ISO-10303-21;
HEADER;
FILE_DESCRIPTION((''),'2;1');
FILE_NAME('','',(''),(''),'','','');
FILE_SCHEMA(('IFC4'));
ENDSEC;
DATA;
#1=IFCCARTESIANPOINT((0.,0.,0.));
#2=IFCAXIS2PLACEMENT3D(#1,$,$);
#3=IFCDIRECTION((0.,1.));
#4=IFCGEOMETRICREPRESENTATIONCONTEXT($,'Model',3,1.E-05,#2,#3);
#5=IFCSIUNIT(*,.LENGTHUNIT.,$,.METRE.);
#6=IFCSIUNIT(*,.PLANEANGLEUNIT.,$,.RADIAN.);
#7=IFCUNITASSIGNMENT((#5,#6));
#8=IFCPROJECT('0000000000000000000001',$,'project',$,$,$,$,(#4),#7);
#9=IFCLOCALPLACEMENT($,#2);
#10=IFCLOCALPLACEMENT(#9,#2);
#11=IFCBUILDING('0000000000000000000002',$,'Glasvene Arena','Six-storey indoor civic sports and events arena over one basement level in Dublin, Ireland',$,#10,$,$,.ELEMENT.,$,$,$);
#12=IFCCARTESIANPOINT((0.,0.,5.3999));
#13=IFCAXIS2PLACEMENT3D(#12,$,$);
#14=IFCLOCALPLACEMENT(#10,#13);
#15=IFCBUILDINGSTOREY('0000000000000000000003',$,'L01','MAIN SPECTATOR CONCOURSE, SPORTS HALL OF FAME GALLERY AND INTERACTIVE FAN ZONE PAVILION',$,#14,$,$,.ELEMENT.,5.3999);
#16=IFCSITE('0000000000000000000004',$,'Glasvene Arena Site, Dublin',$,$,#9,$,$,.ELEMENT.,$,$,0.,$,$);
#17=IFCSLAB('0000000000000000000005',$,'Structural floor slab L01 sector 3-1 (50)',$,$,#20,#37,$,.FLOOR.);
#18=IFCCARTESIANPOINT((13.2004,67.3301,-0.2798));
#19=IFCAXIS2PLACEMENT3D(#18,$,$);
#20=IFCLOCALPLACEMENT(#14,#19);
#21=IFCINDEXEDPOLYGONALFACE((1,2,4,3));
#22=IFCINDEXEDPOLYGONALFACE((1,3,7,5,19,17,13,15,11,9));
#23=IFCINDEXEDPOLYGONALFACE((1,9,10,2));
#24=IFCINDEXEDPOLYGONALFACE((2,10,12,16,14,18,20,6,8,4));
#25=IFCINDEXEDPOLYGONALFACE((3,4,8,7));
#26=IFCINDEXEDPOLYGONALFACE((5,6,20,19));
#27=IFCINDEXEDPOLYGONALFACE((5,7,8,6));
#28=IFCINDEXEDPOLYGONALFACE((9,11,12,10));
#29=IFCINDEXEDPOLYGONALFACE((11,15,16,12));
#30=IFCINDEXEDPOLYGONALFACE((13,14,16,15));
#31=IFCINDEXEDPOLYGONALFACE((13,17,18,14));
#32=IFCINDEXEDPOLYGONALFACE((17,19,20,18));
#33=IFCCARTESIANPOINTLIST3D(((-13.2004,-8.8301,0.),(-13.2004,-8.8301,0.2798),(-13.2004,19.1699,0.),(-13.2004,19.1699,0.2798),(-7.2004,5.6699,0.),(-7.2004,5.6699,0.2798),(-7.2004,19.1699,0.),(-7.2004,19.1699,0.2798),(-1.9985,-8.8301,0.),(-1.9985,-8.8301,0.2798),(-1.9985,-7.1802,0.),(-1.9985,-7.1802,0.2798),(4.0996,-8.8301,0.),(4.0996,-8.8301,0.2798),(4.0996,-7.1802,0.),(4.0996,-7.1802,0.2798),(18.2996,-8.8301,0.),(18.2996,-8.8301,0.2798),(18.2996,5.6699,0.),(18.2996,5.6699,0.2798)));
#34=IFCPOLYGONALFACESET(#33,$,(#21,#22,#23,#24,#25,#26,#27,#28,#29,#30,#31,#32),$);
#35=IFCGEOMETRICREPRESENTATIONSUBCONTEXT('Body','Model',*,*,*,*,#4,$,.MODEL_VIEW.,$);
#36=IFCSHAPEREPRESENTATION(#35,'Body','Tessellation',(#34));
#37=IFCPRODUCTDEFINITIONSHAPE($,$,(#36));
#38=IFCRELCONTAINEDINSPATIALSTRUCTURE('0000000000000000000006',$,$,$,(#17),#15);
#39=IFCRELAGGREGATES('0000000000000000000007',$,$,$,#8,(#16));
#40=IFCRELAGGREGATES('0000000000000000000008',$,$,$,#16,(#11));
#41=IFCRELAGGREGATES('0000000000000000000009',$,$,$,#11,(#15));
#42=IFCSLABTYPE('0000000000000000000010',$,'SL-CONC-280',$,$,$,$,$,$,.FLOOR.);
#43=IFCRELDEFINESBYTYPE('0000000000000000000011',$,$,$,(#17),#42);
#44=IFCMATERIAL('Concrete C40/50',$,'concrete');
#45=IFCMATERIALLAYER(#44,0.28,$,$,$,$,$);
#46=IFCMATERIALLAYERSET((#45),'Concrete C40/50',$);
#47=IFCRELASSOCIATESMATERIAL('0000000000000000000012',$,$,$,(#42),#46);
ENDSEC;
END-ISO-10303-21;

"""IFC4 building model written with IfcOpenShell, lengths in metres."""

from ifc_helpers import new_model, si_unit, direction, frame, origin, place, context, subcontext, project, spatial, polyline, outline, extrude, material, layer, layer_set, type_object, element, save


model = new_model("IFC4")

# Units and contexts
model_context = context("Model", 3, precision=1e-05, world=origin(), true_north=direction((0.0, 1.0)))
body_context = subcontext(model_context, "Body", "Model", "MODEL_VIEW")
ifc_project = project(units=[si_unit("LENGTHUNIT", "METRE"), si_unit("PLANEANGLEUNIT", "RADIAN")], contexts=[model_context])

# Site, building, storey
site_placement = place(None, origin())
site = spatial("IfcSite", under=ifc_project, at=site_placement, Name="Glasvene Arena Site, Dublin", CompositionType="ELEMENT", RefElevation=0.0)
building_placement = place(site_placement, origin())
building = spatial("IfcBuilding", under=site, at=building_placement, Name="Glasvene Arena", Description="Six-storey indoor civic sports and events arena over one basement level in Dublin, Ireland", CompositionType="ELEMENT")
storey_placement = place(building_placement, frame((0.0, 0.0, 5.3999)))
storey = spatial("IfcBuildingStorey", under=building, at=storey_placement, Name="L01", Description="MAIN SPECTATOR CONCOURSE, SPORTS HALL OF FAME GALLERY AND INTERACTIVE FAN ZONE PAVILION", CompositionType="ELEMENT", Elevation=5.3999)

# Slab
ifc_material_1 = material(Name="Concrete C40/50", Category="concrete")
ifc_layer_1 = layer(ifc_material_1, 0.28)
ifc_layer_set_1 = layer_set([ifc_layer_1], Name="Concrete C40/50")
slab_type = type_object("IfcSlabType", Name="SL-CONC-280", PredefinedType="FLOOR", material=ifc_layer_set_1)
slab_placement = place(storey_placement, frame((13.2004, 67.3301, -0.2798)))
element("IfcSlab", 1, at=slab_placement, inside=storey, type_object=slab_type, Name="Structural floor slab L01 sector 3-1 (50)", PredefinedType="FLOOR", context=body_context, shape_type="SweptSolid", body=[
    extrude(outline(polyline([(-7.2004, 19.1699), (-7.2004, 5.6699), (18.2996, 5.6699), (18.2996, -8.8301), (4.0996, -8.8301), (4.0996, -7.1802), (-1.9985, -7.1802), (-1.9985, -8.8301), (-13.2004, -8.8301), (-13.2004, 19.1699), (-7.2004, 19.1699)])), origin(), (0.0, 0.0, 1.0), 0.2798),
])

save(model, "model.ifc")
